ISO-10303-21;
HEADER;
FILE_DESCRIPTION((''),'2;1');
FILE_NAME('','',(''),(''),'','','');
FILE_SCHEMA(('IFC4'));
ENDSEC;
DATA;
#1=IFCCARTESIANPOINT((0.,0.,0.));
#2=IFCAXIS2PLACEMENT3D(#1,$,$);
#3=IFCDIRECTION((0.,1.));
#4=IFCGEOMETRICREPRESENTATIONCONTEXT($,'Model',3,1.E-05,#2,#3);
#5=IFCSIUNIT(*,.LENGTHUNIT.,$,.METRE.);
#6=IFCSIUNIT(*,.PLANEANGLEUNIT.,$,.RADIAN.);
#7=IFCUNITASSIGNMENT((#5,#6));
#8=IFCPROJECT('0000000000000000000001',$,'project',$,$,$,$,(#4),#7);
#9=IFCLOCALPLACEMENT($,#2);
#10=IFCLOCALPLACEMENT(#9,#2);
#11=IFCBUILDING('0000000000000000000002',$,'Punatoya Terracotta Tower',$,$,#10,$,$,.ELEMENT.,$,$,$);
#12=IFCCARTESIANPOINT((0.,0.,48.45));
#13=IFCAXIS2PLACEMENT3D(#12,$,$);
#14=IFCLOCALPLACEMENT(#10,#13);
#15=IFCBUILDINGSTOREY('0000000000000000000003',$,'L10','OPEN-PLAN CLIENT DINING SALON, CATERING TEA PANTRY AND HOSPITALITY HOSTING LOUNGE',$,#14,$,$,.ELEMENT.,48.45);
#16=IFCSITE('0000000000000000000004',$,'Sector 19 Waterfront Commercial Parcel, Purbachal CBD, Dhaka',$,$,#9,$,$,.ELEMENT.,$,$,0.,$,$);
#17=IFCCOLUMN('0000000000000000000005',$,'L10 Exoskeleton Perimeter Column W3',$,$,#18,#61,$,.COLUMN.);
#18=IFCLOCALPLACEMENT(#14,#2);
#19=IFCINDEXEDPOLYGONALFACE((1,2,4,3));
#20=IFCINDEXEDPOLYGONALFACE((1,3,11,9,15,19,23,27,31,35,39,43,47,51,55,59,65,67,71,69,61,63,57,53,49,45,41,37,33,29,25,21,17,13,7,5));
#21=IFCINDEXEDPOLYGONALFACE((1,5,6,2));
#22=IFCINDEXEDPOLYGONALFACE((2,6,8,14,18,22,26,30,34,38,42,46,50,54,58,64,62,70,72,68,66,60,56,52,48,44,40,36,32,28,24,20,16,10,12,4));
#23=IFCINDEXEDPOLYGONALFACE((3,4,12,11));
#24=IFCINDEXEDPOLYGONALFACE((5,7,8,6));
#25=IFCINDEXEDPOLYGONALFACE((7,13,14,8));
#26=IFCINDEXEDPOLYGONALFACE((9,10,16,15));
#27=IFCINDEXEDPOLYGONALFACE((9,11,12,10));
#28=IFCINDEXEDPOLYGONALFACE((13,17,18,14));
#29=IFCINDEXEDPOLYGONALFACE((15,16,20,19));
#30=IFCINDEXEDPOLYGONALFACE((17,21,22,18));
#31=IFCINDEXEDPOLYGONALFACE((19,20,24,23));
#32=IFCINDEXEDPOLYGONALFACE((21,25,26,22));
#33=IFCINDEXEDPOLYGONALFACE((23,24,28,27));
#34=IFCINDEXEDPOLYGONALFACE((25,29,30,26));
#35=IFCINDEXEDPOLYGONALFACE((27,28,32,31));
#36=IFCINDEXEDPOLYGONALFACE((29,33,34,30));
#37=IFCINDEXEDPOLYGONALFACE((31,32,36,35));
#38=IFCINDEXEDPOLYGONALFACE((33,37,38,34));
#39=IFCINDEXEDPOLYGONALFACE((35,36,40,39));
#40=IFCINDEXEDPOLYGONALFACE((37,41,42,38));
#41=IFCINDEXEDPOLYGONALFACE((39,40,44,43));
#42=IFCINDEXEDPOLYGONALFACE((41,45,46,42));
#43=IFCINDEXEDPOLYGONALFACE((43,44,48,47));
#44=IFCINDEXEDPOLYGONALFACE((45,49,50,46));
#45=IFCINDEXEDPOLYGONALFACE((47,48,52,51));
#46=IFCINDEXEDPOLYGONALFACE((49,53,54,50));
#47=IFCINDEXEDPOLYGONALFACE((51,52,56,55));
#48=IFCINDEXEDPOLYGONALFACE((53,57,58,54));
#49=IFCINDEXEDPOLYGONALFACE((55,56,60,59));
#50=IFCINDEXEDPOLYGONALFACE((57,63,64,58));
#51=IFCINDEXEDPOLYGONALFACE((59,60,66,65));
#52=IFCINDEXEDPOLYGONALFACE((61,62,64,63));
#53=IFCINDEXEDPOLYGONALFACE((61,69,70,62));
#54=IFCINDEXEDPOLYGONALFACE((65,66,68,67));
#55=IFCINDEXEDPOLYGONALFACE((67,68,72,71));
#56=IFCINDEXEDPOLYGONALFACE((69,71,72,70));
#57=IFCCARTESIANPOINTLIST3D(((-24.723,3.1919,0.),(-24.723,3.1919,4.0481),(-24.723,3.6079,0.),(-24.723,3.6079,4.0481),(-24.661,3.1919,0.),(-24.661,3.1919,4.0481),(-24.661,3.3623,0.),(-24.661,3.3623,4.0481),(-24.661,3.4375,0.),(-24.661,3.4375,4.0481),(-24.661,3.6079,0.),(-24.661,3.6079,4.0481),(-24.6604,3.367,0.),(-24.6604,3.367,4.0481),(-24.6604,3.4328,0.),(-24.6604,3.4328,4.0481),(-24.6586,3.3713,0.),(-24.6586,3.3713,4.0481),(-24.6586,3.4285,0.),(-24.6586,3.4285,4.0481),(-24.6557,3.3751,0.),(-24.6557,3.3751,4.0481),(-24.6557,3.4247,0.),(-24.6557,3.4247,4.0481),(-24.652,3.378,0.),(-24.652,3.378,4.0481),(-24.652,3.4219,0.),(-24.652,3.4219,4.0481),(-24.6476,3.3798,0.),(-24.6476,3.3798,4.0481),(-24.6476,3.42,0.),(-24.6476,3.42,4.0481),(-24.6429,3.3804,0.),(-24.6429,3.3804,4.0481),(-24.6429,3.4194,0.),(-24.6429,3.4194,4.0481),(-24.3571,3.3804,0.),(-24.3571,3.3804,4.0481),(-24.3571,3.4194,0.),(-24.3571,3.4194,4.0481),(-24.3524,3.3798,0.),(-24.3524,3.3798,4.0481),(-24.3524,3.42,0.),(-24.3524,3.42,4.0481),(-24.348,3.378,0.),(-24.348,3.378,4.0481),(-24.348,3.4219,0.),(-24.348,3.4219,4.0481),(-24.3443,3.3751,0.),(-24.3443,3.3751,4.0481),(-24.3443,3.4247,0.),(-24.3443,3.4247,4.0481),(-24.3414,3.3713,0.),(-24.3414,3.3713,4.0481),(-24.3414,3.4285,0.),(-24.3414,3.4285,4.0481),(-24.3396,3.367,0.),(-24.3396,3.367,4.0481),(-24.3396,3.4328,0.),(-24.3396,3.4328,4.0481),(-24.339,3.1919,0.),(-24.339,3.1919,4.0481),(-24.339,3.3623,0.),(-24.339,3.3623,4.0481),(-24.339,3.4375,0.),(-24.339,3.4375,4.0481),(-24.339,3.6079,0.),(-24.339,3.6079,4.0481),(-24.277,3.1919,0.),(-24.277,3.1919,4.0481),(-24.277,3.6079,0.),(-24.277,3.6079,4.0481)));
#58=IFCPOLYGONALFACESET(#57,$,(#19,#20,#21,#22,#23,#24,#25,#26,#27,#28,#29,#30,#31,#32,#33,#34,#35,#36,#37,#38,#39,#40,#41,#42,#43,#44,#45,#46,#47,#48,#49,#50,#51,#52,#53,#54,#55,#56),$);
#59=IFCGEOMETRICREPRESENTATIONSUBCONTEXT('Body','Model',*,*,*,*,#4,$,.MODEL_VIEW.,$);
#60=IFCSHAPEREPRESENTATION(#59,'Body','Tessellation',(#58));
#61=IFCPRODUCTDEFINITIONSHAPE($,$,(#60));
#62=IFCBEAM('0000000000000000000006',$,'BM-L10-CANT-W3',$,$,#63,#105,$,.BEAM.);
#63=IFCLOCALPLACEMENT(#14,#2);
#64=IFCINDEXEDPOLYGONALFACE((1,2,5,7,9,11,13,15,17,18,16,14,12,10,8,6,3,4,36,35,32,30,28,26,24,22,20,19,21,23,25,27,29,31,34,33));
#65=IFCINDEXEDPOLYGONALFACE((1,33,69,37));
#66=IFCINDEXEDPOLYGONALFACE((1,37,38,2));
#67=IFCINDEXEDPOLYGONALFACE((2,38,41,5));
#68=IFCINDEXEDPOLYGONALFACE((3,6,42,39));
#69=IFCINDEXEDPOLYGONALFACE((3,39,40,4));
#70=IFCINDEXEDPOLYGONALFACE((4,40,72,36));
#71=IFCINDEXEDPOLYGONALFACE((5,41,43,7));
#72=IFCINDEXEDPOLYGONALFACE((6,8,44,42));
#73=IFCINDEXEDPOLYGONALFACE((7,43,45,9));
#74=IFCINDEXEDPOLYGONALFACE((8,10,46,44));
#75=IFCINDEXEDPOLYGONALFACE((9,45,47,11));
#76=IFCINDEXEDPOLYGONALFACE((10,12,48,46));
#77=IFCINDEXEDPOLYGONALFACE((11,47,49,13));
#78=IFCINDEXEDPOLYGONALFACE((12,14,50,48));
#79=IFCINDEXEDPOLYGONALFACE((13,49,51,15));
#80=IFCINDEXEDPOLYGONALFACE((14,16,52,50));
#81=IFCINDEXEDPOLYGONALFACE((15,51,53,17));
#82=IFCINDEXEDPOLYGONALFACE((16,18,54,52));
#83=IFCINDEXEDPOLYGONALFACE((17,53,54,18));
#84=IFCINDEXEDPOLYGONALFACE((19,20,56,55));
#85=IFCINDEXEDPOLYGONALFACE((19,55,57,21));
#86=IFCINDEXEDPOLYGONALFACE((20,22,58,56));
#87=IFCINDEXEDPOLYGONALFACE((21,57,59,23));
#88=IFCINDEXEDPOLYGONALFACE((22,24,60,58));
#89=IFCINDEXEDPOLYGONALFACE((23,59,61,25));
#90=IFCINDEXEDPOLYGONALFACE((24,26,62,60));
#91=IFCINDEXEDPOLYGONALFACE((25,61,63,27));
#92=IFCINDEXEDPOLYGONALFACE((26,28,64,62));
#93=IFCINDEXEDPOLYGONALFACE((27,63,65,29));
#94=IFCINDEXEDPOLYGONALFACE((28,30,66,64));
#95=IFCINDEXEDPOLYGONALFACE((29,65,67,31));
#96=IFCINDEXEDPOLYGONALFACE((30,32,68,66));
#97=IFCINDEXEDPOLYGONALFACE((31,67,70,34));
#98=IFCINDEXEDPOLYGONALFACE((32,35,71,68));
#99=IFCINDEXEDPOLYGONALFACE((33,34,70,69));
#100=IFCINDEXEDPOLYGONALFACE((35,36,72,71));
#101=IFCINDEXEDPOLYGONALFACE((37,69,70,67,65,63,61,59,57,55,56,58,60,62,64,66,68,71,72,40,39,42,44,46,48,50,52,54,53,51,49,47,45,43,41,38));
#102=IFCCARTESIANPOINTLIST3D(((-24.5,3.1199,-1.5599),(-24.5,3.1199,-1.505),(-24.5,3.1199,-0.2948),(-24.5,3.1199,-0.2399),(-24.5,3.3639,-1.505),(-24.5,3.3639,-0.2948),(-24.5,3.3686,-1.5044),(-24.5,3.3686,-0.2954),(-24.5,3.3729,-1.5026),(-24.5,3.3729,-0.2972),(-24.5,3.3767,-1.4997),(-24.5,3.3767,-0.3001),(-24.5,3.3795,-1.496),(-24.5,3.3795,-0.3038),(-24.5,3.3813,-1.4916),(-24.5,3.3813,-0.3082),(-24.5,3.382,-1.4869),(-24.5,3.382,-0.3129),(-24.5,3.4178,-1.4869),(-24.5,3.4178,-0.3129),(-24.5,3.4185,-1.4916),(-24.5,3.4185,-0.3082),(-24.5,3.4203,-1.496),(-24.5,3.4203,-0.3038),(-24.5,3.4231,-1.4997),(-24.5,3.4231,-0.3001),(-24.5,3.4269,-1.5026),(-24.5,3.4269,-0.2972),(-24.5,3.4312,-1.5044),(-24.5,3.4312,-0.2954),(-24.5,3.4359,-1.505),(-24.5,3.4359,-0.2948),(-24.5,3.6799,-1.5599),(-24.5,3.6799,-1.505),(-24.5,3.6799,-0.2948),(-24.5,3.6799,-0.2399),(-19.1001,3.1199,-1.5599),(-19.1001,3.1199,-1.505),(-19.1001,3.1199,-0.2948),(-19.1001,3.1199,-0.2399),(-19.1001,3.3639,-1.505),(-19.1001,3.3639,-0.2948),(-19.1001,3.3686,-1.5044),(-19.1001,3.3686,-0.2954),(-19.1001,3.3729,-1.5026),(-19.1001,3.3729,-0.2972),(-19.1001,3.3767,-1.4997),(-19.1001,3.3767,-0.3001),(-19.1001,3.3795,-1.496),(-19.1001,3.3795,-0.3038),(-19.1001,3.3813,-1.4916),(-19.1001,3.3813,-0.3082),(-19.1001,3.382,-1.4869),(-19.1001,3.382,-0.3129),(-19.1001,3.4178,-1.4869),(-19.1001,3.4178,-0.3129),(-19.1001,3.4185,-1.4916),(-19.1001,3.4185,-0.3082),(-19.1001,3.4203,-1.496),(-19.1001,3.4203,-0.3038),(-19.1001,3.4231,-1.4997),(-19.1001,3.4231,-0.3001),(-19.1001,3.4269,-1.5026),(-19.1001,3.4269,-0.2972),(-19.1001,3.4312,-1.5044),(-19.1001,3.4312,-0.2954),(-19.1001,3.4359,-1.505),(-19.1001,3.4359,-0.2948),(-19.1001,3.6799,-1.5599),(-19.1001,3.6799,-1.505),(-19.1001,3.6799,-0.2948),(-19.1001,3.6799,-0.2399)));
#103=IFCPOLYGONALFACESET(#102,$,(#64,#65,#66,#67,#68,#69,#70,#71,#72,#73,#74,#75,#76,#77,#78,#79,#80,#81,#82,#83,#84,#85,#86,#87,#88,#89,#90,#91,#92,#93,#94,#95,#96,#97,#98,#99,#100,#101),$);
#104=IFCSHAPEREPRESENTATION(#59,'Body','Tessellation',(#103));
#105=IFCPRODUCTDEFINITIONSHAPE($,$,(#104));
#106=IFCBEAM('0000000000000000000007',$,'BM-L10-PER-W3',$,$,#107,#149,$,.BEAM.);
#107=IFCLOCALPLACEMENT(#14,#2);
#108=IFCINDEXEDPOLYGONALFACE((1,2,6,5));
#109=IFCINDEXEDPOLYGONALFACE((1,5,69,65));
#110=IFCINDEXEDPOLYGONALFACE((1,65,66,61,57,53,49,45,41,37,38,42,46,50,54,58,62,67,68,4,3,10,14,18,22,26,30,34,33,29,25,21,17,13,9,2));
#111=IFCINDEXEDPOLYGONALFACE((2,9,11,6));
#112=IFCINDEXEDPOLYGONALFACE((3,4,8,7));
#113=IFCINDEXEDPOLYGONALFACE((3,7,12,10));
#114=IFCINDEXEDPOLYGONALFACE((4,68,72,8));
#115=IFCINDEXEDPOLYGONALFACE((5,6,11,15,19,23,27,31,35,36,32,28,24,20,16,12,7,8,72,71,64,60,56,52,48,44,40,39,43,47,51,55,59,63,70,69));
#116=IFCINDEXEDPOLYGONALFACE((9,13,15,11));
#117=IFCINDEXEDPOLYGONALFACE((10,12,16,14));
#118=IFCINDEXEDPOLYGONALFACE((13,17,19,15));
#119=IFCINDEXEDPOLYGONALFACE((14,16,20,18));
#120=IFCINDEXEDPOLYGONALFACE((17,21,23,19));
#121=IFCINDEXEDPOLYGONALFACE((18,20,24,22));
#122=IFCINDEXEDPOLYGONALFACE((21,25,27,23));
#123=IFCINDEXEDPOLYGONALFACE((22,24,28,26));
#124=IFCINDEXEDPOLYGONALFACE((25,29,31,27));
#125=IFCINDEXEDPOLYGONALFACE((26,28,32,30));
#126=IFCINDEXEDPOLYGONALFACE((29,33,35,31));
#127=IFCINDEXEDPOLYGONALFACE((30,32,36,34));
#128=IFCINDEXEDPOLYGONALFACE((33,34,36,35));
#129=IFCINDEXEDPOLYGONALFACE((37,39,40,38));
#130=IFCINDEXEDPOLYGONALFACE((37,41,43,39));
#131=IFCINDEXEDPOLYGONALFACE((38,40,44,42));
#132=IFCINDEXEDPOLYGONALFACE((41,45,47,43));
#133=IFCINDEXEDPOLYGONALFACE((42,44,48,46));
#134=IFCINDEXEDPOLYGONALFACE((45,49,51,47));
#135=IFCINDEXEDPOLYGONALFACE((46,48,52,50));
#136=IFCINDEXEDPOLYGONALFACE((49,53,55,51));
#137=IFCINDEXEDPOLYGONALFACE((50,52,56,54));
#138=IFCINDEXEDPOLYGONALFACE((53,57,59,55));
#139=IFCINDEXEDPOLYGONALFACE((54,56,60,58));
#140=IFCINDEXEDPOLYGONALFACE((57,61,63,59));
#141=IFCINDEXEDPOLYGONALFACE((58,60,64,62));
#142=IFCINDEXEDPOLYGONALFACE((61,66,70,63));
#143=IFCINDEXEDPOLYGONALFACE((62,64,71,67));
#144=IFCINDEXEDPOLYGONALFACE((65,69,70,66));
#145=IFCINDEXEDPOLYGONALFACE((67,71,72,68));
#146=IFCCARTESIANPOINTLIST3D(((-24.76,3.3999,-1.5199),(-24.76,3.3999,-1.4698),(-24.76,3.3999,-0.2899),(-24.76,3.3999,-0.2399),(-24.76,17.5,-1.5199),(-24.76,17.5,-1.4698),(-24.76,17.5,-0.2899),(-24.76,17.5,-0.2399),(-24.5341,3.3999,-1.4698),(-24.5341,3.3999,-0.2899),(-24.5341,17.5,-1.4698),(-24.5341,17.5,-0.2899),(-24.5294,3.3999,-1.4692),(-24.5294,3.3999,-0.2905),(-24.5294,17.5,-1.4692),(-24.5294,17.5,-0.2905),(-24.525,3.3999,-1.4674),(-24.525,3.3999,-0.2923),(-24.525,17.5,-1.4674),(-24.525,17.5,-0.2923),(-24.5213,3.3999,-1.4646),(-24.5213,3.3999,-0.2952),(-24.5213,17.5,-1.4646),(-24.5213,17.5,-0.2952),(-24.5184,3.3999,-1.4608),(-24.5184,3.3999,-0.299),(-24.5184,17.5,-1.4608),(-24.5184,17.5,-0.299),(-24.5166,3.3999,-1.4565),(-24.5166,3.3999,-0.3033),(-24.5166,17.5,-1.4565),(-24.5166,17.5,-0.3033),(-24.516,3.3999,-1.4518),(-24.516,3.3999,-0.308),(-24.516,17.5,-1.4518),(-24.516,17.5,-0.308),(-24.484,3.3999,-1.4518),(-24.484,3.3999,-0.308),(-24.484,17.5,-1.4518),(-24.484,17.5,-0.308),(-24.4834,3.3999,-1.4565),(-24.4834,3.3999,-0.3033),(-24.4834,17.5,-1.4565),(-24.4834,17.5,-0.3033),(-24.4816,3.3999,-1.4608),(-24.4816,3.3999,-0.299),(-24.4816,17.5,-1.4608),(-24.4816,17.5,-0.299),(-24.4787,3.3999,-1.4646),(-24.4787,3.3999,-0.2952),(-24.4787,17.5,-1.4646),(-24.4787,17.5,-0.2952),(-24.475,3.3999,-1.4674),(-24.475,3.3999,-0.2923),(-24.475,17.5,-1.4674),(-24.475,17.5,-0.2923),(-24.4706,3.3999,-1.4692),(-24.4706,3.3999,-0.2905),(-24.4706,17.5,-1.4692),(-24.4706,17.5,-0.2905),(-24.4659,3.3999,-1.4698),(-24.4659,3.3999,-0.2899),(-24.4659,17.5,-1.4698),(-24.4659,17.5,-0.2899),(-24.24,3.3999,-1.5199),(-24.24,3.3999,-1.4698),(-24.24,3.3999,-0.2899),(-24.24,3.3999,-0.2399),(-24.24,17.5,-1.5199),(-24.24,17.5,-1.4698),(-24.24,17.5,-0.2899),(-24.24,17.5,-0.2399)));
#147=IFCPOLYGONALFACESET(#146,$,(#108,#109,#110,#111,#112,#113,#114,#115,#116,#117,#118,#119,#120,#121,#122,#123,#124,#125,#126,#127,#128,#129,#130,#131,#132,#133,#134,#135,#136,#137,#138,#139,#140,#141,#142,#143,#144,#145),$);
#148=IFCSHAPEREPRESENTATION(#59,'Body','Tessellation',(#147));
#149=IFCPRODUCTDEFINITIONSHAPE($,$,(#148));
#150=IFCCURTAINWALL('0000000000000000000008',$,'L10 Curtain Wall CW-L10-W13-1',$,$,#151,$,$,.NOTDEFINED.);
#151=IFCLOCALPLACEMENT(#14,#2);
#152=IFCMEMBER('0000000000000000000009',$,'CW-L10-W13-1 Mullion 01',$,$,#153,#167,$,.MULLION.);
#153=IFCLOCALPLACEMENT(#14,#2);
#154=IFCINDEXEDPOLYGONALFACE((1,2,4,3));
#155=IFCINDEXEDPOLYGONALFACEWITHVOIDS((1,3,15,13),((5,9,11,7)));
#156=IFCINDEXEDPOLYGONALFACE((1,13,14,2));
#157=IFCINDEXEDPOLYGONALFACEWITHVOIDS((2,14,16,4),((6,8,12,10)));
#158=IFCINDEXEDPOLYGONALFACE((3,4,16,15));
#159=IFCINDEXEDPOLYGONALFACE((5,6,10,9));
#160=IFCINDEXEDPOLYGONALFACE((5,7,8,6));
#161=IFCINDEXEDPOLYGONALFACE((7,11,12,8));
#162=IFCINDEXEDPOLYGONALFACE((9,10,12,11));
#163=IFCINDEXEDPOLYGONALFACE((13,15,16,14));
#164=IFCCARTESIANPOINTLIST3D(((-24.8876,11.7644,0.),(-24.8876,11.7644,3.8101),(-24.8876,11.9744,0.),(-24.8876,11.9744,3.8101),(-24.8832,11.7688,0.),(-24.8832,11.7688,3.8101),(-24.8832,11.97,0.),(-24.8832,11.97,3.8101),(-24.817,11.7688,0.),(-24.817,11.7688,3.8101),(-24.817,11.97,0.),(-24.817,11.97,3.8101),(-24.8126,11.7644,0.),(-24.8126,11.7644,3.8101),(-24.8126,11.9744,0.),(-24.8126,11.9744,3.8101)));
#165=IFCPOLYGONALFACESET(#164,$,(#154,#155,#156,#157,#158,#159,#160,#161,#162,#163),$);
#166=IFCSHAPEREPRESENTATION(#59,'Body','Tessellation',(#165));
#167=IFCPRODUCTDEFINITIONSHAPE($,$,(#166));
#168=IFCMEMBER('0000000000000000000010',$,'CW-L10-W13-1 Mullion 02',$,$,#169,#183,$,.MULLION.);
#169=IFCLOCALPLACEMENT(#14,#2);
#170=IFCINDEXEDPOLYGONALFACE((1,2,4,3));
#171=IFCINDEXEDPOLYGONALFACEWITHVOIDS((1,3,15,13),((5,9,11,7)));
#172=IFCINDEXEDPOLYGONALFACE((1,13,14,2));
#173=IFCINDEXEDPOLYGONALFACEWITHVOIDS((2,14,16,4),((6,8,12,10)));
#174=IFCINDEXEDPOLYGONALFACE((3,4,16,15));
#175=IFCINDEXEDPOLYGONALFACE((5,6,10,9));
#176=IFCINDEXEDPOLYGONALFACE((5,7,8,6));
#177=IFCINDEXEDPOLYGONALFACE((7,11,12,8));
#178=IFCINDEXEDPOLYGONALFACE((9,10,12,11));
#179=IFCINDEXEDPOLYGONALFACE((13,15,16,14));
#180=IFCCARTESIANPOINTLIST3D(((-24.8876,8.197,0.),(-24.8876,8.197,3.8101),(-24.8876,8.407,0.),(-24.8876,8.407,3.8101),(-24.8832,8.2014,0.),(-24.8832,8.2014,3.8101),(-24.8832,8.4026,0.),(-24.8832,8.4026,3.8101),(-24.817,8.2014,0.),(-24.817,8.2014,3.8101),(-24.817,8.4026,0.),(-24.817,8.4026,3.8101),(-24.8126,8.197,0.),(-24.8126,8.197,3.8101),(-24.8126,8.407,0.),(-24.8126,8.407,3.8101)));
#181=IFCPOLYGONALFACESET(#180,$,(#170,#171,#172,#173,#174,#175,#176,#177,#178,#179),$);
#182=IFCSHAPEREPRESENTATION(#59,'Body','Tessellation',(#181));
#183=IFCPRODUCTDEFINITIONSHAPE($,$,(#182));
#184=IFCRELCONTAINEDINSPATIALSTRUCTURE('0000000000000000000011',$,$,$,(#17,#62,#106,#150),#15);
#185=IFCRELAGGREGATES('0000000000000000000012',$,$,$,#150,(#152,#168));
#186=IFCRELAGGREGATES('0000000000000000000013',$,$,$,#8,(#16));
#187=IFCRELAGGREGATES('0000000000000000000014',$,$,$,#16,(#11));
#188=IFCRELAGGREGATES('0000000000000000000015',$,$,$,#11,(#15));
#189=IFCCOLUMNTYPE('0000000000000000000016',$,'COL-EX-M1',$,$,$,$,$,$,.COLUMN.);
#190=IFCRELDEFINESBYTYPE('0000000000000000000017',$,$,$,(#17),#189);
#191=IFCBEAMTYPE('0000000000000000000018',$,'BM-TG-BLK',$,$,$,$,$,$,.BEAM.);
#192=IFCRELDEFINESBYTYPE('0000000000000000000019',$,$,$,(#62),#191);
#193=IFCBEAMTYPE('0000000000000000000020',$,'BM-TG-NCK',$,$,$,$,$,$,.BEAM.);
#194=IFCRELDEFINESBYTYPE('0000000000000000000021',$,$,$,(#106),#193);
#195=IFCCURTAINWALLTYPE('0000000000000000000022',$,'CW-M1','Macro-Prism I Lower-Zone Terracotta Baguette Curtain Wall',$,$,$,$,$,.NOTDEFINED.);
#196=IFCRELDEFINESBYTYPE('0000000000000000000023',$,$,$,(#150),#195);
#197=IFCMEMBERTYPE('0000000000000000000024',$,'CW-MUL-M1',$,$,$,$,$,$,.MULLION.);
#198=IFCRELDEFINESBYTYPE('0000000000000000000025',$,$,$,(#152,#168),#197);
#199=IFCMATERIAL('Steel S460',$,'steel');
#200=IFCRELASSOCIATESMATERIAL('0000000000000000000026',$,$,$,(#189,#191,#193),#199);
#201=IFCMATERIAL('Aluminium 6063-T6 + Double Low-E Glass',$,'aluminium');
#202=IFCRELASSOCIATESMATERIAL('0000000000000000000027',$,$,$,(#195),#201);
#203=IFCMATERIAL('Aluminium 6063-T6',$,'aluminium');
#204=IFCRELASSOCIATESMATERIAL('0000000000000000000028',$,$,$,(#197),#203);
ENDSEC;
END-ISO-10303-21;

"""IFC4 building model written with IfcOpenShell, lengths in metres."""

from ifc_helpers import new_model, si_unit, direction, frame, origin, origin_2d, place, context, subcontext, project, spatial, hollow_rectangle, i_section, extrude, material, material_profile, profile_set, type_object, element, aggregate, save


model = new_model("IFC4")

# Units and contexts
model_context = context("Model", 3, precision=1e-05, world=origin(), true_north=direction((0.0, 1.0)))
body_context = subcontext(model_context, "Body", "Model", "MODEL_VIEW")
ifc_project = project(units=[si_unit("LENGTHUNIT", "METRE"), si_unit("PLANEANGLEUNIT", "RADIAN")], contexts=[model_context])

# Site, building, storey
site_placement = place(None, origin())
site = spatial("IfcSite", under=ifc_project, at=site_placement, Name="Sector 19 Waterfront Commercial Parcel, Purbachal CBD, Dhaka", CompositionType="ELEMENT", RefElevation=0.0)
building_placement = place(site_placement, origin())
building = spatial("IfcBuilding", under=site, at=building_placement, Name="Punatoya Terracotta Tower", CompositionType="ELEMENT")
storey_placement = place(building_placement, frame((0.0, 0.0, 48.45)))
storey = spatial("IfcBuildingStorey", under=building, at=storey_placement, Name="L10", Description="OPEN-PLAN CLIENT DINING SALON, CATERING TEA PANTRY AND HOSPITALITY HOSTING LOUNGE", CompositionType="ELEMENT", Elevation=48.45)

# Column
ifc_material_1 = material(Name="Steel S460", Category="steel")
ifc_material_profile_1 = material_profile(ifc_material_1, i_section(OverallWidth=0.416, OverallDepth=0.446, WebThickness=0.0391, FlangeThickness=0.062, FilletRadius=0.0181, at=origin_2d()))
ifc_profile_set_1 = profile_set([ifc_material_profile_1], Name="Steel S460")
column_type = type_object("IfcColumnType", Name="COL-EX-M1", PredefinedType="COLUMN", material=ifc_profile_set_1)
column_placement = place(storey_placement, frame((-24.5, 3.3999, 0.0), z_axis=(0.0, 0.0, 1.0), x_axis=(0.0, 1.0, 0.0)))
element("IfcColumn", 1, at=column_placement, inside=storey, type_object=column_type, Name="L10 Exoskeleton Perimeter Column W3", PredefinedType="COLUMN", context=body_context, shape_type="SweptSolid", body=[
    extrude(i_section(OverallWidth=0.416, OverallDepth=0.446, WebThickness=0.0391, FlangeThickness=0.062, FilletRadius=0.0181, at=origin_2d()), origin(), (0.0, 0.0, 1.0), 4.0481),
])

# Beams
ifc_material_profile_2 = material_profile(ifc_material_1, i_section(OverallWidth=0.5601, OverallDepth=1.3201, WebThickness=0.0359, FlangeThickness=0.0549, FilletRadius=0.0181, at=origin_2d()))
ifc_profile_set_2 = profile_set([ifc_material_profile_2], Name="Steel S460")
beam_type_1 = type_object("IfcBeamType", Name="BM-TG-BLK", PredefinedType="BEAM", material=ifc_profile_set_2)
beam_1_placement = place(storey_placement, frame((-24.5, 3.3999, -0.8999), z_axis=(1.0, 0.0, 0.0), x_axis=(0.0, 1.0, 0.0)))
element("IfcBeam", 2, at=beam_1_placement, inside=storey, type_object=beam_type_1, Name="BM-L10-CANT-W3", PredefinedType="BEAM", context=body_context, shape_type="SweptSolid", body=[
    extrude(i_section(OverallWidth=0.5601, OverallDepth=1.3201, WebThickness=0.0359, FlangeThickness=0.0549, FilletRadius=0.0181, at=origin_2d()), origin(), (0.0, 0.0, 1.0), 5.3999),
])
ifc_material_profile_3 = material_profile(ifc_material_1, i_section(OverallWidth=0.52, OverallDepth=1.28, WebThickness=0.032, FlangeThickness=0.05, FilletRadius=0.0181, at=origin_2d()))
ifc_profile_set_3 = profile_set([ifc_material_profile_3], Name="Steel S460")
beam_type_2 = type_object("IfcBeamType", Name="BM-TG-NCK", PredefinedType="BEAM", material=ifc_profile_set_3)
beam_2_placement = place(storey_placement, frame((-24.5, 3.3999, -0.8799), z_axis=(0.0, 1.0, 0.0), x_axis=(-1.0, 0.0, 0.0)))
element("IfcBeam", 3, at=beam_2_placement, inside=storey, type_object=beam_type_2, Name="BM-L10-PER-W3", PredefinedType="BEAM", context=body_context, shape_type="SweptSolid", body=[
    extrude(i_section(OverallWidth=0.52, OverallDepth=1.28, WebThickness=0.032, FlangeThickness=0.05, FilletRadius=0.0181, at=origin_2d()), origin(), (0.0, 0.0, 1.0), 14.1001),
])

# Curtain wall, members
ifc_material_2 = material(Name="Aluminium 6063-T6 + Double Low-E Glass", Category="aluminium")
curtain_wall_type = type_object("IfcCurtainWallType", Name="CW-M1", Description="Macro-Prism I Lower-Zone Terracotta Baguette Curtain Wall", PredefinedType="NOTDEFINED", material=ifc_material_2)
curtain_wall_placement = place(storey_placement, origin())
curtain_wall = element("IfcCurtainWall", 4, at=curtain_wall_placement, inside=storey, type_object=curtain_wall_type, Name="L10 Curtain Wall CW-L10-W13-1", PredefinedType="NOTDEFINED")
ifc_material_3 = material(Name="Aluminium 6063-T6", Category="aluminium")
ifc_material_profile_4 = material_profile(ifc_material_3, hollow_rectangle(XDim=0.075, YDim=0.21, WallThickness=0.0044, at=origin_2d()))
ifc_profile_set_4 = profile_set([ifc_material_profile_4], Name="Aluminium 6063-T6")
member_type_1 = type_object("IfcMemberType", Name="CW-MUL-M1", PredefinedType="MULLION", material=ifc_profile_set_4)
member_1_placement = place(storey_placement, frame((-24.8501, 11.8694, 0.0), z_axis=(0.0, 0.0, 1.0), x_axis=(1.0, 0.0, 0.0)))
member_1 = element("IfcMember", 5, at=member_1_placement, type_object=member_type_1, Name="CW-L10-W13-1 Mullion 01", PredefinedType="MULLION", context=body_context, shape_type="SweptSolid", body=[
    extrude(hollow_rectangle(XDim=0.075, YDim=0.21, WallThickness=0.0044, at=origin_2d()), origin(), (0.0, 0.0, 1.0), 3.8101),
])
member_2_placement = place(storey_placement, frame((-24.8501, 8.302, 0.0), z_axis=(0.0, 0.0, 1.0), x_axis=(1.0, 0.0, 0.0)))
member_2 = element("IfcMember", 6, at=member_2_placement, type_object=member_type_1, Name="CW-L10-W13-1 Mullion 02", PredefinedType="MULLION", context=body_context, shape_type="SweptSolid", body=[
    extrude(hollow_rectangle(XDim=0.075, YDim=0.21, WallThickness=0.0044, at=origin_2d()), origin(), (0.0, 0.0, 1.0), 3.8101),
])

aggregate(curtain_wall, [member_1, member_2])

save(model, "model.ifc")
